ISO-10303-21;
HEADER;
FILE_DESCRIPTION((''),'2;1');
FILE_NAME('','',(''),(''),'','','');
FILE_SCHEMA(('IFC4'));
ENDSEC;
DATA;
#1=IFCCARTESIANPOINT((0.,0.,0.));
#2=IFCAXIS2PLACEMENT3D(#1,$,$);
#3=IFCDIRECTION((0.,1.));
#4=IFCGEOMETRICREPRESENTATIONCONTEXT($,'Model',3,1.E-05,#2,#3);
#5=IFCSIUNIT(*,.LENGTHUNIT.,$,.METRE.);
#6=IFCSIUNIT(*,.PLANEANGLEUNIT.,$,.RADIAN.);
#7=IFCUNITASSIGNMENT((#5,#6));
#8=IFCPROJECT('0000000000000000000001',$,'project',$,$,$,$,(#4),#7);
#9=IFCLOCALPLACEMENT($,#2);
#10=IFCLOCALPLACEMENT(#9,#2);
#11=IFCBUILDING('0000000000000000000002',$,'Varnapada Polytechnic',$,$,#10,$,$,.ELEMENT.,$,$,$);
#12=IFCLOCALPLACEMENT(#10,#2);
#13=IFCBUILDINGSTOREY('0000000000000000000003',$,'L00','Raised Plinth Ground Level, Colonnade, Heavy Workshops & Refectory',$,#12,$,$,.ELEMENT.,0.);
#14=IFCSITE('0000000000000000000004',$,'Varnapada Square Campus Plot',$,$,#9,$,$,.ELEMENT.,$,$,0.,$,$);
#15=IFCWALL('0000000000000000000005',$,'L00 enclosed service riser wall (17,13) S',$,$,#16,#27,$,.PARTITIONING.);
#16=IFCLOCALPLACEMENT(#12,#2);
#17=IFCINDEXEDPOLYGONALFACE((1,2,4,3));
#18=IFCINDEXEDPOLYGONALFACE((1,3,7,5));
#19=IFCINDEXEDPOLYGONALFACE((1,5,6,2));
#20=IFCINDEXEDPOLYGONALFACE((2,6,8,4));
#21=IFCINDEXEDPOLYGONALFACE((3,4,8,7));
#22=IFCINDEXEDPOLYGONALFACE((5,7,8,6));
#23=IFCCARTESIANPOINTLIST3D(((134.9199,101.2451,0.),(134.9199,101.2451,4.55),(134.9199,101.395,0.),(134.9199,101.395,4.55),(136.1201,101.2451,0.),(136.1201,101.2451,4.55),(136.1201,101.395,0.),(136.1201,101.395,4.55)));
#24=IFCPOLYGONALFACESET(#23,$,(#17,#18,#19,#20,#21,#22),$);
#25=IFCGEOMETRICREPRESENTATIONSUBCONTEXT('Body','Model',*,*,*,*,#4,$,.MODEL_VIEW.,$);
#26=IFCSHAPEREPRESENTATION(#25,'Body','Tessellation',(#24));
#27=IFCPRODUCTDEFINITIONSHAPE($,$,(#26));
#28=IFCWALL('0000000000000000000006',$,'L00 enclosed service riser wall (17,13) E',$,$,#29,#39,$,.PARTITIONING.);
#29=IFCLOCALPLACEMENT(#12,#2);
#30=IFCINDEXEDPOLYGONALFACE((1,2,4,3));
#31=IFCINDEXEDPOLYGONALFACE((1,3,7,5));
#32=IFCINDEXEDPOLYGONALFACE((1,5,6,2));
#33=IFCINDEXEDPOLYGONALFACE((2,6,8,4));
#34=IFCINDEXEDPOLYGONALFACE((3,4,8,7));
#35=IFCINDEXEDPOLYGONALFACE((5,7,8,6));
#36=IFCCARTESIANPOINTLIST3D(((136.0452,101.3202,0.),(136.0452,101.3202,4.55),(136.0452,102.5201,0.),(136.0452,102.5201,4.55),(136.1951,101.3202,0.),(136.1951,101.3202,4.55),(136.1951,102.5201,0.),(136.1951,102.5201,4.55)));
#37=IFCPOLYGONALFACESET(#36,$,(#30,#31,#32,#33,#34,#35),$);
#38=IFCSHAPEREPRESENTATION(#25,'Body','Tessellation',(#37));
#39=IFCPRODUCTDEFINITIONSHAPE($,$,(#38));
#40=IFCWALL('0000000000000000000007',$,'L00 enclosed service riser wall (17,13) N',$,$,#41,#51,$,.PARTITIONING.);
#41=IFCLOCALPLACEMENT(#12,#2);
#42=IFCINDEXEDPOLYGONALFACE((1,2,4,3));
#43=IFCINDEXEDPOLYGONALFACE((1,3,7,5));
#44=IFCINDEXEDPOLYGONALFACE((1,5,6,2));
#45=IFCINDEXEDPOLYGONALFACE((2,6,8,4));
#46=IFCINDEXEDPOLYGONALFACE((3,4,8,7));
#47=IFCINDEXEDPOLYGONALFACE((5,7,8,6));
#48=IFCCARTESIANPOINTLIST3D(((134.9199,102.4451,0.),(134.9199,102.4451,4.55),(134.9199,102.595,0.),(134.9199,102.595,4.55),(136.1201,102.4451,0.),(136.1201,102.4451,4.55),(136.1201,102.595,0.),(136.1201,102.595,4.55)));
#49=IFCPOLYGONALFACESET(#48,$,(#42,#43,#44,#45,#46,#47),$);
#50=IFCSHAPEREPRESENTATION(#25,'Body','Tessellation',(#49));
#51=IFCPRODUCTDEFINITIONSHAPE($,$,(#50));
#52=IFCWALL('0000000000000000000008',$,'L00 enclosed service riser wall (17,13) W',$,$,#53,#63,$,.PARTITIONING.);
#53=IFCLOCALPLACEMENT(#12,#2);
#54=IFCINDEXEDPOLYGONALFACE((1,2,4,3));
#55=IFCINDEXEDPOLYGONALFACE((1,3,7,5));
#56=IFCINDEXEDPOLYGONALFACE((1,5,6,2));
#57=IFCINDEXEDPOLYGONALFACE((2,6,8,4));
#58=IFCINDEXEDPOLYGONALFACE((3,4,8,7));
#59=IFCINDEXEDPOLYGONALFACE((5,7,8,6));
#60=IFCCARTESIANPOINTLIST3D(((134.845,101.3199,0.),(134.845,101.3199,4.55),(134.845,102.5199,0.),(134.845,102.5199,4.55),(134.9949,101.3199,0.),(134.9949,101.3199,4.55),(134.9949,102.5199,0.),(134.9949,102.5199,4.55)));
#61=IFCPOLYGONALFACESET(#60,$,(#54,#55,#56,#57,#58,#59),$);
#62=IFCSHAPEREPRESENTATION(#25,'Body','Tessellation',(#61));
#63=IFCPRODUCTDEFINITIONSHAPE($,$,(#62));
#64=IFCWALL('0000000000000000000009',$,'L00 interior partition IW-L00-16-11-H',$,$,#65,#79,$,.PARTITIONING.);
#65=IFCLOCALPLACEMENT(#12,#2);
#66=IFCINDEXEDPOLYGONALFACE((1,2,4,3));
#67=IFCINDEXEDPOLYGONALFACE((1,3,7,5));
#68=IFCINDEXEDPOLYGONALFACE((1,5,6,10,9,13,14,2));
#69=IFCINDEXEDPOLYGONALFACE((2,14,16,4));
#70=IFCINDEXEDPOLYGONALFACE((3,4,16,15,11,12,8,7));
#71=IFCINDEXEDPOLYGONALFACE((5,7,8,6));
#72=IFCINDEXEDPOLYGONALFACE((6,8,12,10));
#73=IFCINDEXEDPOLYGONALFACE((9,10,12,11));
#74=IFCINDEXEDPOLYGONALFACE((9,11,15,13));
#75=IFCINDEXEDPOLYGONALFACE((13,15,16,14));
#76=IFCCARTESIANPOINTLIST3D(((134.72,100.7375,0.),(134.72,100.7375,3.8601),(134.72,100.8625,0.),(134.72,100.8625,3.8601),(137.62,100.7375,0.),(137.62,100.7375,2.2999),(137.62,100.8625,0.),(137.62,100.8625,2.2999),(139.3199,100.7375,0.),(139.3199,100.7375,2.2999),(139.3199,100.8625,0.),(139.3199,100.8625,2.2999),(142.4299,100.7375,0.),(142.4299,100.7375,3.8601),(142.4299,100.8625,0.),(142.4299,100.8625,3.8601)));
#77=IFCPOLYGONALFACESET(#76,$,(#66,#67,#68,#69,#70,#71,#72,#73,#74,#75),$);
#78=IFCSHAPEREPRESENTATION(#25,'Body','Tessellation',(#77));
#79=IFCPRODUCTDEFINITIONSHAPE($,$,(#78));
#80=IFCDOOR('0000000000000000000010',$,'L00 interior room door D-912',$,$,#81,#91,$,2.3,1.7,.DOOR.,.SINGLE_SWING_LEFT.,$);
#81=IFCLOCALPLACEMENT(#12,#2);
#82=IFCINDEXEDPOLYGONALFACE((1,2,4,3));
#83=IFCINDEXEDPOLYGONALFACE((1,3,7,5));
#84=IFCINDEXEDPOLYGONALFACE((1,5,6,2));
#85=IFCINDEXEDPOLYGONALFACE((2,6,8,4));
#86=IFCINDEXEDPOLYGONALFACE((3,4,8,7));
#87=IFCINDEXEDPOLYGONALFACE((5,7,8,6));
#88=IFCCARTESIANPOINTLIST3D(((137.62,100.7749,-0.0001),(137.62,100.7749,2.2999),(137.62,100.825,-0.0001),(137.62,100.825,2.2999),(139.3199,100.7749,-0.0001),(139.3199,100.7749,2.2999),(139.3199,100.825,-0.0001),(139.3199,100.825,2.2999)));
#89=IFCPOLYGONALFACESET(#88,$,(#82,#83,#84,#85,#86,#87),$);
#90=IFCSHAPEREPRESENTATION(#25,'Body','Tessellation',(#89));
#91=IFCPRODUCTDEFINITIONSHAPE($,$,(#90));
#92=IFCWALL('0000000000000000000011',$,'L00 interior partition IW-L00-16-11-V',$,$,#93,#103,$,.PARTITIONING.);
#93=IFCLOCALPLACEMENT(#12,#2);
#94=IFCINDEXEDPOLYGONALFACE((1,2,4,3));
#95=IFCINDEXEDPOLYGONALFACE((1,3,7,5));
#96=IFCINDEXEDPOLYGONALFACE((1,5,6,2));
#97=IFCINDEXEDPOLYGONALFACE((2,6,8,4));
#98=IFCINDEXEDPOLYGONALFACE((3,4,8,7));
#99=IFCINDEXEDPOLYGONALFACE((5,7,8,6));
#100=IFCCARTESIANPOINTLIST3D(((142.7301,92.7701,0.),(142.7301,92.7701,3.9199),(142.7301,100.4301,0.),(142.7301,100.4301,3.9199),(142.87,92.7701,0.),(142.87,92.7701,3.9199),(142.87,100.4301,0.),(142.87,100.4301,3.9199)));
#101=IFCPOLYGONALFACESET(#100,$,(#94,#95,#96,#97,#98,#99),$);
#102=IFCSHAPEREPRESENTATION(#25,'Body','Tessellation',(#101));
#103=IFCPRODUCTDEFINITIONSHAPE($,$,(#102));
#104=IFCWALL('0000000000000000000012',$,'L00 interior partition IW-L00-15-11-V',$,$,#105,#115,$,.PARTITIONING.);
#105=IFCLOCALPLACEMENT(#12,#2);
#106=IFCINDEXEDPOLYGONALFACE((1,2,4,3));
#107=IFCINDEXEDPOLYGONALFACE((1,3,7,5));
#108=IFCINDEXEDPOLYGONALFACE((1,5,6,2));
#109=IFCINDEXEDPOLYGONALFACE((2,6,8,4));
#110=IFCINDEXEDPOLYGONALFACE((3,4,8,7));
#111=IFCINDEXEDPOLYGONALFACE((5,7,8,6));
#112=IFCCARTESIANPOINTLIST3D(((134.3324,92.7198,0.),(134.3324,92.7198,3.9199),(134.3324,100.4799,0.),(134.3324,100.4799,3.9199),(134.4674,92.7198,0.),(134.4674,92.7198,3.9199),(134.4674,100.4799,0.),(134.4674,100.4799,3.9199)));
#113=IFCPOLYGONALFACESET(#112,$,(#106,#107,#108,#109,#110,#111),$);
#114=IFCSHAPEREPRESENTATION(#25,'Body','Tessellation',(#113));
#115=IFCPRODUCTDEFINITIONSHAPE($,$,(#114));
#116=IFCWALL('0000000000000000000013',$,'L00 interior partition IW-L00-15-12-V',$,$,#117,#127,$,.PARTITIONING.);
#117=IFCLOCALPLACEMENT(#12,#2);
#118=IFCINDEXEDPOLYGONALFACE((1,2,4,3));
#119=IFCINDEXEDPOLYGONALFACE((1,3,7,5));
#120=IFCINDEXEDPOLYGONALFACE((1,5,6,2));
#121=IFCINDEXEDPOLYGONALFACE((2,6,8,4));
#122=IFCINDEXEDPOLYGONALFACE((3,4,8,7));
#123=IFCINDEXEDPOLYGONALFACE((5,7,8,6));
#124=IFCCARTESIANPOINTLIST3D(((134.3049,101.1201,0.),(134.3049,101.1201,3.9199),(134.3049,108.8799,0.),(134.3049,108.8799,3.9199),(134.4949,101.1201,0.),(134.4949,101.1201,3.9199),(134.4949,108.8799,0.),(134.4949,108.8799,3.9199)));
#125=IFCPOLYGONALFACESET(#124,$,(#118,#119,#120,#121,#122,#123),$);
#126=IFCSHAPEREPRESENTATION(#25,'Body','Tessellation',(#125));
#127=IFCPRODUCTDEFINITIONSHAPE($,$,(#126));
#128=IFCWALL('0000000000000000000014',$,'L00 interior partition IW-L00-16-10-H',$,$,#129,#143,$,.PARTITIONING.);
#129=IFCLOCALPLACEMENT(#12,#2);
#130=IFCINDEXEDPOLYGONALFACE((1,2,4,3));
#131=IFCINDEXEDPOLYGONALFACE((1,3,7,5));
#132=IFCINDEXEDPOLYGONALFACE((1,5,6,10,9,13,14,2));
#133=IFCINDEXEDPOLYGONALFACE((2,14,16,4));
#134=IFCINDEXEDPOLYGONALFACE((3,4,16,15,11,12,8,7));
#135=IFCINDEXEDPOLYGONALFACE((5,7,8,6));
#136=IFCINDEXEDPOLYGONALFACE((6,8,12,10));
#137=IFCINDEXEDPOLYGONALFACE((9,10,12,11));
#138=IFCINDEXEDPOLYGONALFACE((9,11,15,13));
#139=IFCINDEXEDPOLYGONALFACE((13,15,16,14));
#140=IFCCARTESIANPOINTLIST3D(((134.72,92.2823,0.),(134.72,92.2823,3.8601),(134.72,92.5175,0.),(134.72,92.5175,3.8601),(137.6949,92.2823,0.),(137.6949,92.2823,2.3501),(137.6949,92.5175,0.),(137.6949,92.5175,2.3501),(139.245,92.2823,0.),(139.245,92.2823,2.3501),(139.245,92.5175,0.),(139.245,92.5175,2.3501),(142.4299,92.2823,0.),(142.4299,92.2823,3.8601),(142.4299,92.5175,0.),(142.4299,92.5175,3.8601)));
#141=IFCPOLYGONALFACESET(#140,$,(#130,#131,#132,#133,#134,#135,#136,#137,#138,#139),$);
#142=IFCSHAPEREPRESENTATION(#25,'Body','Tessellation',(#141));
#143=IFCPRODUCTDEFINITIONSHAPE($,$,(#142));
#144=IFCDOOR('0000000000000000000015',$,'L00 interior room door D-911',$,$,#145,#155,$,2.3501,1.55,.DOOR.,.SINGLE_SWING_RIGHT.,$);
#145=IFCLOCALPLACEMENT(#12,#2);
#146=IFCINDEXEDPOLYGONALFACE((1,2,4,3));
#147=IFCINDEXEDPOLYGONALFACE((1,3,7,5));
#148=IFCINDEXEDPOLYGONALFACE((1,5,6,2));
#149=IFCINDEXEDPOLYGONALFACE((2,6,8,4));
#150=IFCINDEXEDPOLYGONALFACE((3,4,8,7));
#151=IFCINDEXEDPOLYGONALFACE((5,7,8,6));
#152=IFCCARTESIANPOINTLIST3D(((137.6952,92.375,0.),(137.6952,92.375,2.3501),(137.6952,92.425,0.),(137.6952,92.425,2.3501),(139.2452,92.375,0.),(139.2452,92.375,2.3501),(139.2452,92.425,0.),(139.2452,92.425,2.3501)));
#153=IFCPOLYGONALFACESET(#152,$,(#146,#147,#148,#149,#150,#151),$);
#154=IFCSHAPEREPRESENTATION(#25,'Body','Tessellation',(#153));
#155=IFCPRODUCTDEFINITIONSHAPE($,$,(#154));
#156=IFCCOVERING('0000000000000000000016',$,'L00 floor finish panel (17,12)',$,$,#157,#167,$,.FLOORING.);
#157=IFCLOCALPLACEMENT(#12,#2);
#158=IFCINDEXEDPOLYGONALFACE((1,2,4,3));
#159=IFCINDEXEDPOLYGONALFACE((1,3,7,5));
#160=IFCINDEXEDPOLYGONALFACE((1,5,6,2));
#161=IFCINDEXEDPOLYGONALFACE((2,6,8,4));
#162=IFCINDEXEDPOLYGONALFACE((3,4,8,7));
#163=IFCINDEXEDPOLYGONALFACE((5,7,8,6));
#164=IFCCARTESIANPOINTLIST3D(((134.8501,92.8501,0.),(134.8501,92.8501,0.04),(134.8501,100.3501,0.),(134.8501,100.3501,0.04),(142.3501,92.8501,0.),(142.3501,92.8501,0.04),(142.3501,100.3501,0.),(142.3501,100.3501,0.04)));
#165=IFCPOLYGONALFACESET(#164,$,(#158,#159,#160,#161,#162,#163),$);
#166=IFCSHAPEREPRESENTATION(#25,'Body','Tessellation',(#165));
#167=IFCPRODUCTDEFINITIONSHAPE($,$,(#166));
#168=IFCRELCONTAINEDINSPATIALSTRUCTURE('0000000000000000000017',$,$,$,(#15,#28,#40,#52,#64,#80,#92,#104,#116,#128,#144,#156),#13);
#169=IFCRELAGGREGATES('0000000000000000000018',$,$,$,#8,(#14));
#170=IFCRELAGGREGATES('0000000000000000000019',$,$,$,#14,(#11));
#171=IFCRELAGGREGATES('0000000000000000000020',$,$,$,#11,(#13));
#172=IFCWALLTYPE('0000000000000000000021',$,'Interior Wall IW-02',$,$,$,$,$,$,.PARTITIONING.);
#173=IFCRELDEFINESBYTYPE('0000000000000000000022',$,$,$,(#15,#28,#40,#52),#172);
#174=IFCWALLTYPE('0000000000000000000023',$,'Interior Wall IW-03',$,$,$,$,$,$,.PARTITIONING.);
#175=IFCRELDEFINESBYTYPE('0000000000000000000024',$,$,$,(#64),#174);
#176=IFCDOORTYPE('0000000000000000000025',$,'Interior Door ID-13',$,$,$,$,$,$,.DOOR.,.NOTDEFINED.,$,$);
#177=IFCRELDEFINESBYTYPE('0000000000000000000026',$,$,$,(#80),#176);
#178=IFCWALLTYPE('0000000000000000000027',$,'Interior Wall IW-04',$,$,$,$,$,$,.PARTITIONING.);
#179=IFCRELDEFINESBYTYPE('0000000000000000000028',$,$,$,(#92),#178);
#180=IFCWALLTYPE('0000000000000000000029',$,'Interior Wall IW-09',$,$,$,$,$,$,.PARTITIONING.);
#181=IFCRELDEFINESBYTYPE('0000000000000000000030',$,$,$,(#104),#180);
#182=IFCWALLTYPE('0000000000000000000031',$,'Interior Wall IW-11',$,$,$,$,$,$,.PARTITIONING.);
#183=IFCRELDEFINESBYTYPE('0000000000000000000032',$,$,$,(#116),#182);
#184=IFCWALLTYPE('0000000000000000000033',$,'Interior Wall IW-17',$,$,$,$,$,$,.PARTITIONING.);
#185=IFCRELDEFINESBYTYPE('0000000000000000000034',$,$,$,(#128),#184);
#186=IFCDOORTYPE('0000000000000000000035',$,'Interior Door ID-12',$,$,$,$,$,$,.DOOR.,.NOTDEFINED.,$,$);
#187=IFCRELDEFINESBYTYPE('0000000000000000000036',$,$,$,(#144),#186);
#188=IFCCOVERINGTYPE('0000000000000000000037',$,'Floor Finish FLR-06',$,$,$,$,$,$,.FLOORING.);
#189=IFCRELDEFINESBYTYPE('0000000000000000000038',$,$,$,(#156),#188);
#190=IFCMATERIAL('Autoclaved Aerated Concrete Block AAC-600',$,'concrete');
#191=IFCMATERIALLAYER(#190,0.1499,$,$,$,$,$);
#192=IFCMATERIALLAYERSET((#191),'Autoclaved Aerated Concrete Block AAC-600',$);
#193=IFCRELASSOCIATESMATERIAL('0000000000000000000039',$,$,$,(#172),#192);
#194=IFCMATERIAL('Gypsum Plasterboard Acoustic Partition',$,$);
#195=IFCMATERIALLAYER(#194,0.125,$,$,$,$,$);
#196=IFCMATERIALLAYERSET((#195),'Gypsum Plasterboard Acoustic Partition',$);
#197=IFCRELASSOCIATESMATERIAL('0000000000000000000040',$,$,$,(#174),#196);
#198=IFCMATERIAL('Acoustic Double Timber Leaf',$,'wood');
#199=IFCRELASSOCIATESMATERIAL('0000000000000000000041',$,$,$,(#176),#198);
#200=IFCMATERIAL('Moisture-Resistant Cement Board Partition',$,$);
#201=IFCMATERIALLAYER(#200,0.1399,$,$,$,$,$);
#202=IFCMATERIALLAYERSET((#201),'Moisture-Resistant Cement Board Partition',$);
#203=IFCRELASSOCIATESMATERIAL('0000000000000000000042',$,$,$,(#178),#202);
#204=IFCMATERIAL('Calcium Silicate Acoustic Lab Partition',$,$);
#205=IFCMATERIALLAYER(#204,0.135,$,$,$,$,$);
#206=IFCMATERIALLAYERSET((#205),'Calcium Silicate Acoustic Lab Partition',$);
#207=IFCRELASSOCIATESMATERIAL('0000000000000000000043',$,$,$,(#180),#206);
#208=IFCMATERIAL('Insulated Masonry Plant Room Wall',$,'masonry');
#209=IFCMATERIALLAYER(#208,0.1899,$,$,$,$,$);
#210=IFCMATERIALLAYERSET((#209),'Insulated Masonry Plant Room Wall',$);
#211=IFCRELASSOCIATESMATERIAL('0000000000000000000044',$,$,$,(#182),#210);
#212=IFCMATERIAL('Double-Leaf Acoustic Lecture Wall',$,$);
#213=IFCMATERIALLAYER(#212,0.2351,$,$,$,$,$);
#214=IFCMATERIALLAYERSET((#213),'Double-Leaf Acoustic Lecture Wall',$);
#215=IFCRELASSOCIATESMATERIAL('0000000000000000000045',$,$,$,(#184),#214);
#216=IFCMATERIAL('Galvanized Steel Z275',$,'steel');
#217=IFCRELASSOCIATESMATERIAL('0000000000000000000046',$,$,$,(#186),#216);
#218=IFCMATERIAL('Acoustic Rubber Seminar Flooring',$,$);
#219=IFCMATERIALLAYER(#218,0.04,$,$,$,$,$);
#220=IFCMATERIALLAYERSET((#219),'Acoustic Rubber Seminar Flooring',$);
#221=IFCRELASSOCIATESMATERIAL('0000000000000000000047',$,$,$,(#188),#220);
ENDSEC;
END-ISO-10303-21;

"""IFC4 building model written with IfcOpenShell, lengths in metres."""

from ifc_helpers import new_model, si_unit, direction, frame, frame_2d, origin, origin_2d, place, context, subcontext, project, spatial, rectangle, extrude, material, layer, layer_set, type_object, element, fill, save


model = new_model("IFC4")

# Units and contexts
model_context = context("Model", 3, precision=1e-05, world=origin(), true_north=direction((0.0, 1.0)))
body_context = subcontext(model_context, "Body", "Model", "MODEL_VIEW")
ifc_project = project(units=[si_unit("LENGTHUNIT", "METRE"), si_unit("PLANEANGLEUNIT", "RADIAN")], contexts=[model_context])

# Site, building, storey
site_placement = place(None, origin())
site = spatial("IfcSite", under=ifc_project, at=site_placement, Name="Varnapada Square Campus Plot", CompositionType="ELEMENT", RefElevation=0.0)
building_placement = place(site_placement, origin())
building = spatial("IfcBuilding", under=site, at=building_placement, Name="Varnapada Polytechnic", CompositionType="ELEMENT")
storey_placement = place(building_placement, origin())
storey = spatial("IfcBuildingStorey", under=building, at=storey_placement, Name="L00", Description="Raised Plinth Ground Level, Colonnade, Heavy Workshops & Refectory", CompositionType="ELEMENT", Elevation=0.0)

# Walls
ifc_material_1 = material(Name="Autoclaved Aerated Concrete Block AAC-600", Category="concrete")
ifc_layer_1 = layer(ifc_material_1, 0.1499)
ifc_layer_set_1 = layer_set([ifc_layer_1], Name="Autoclaved Aerated Concrete Block AAC-600")
wall_type_1 = type_object("IfcWallType", Name="Interior Wall IW-02", PredefinedType="PARTITIONING", material=ifc_layer_set_1)
wall_1_placement = place(storey_placement, frame((134.9199, 101.3201, 0.0), z_axis=(0.0, 0.0, 1.0), x_axis=(1.0, 0.0, 0.0)))
element("IfcWall", 1, at=wall_1_placement, inside=storey, type_object=wall_type_1, Name="L00 enclosed service riser wall (17,13) S", PredefinedType="PARTITIONING", context=body_context, shape_type="SweptSolid", body=[
    extrude(rectangle(XDim=1.2002, YDim=0.1499, at=frame_2d((0.6001, 0.0))), origin(), (0.0, 0.0, 1.0), 4.55),
])
wall_2_placement = place(storey_placement, frame((136.1201, 101.3201, 0.0), z_axis=(0.0, 0.0, 1.0), x_axis=(0.0, 1.0, 0.0)))
element("IfcWall", 2, at=wall_2_placement, inside=storey, type_object=wall_type_1, Name="L00 enclosed service riser wall (17,13) E", PredefinedType="PARTITIONING", context=body_context, shape_type="SweptSolid", body=[
    extrude(rectangle(XDim=1.2, YDim=0.1499, at=frame_2d((0.6001, 0.0))), origin(), (0.0, 0.0, 1.0), 4.55),
])
wall_3_placement = place(storey_placement, frame((136.1201, 102.52, 0.0), z_axis=(0.0, 0.0, 1.0), x_axis=(-1.0, 0.0, 0.0)))
element("IfcWall", 3, at=wall_3_placement, inside=storey, type_object=wall_type_1, Name="L00 enclosed service riser wall (17,13) N", PredefinedType="PARTITIONING", context=body_context, shape_type="SweptSolid", body=[
    extrude(rectangle(XDim=1.2002, YDim=0.1499, at=frame_2d((0.6001, 0.0))), origin(), (0.0, 0.0, 1.0), 4.55),
])
wall_4_placement = place(storey_placement, frame((134.9199, 102.52, 0.0), z_axis=(0.0, 0.0, 1.0), x_axis=(0.0, -1.0, 0.0)))
element("IfcWall", 4, at=wall_4_placement, inside=storey, type_object=wall_type_1, Name="L00 enclosed service riser wall (17,13) W", PredefinedType="PARTITIONING", context=body_context, shape_type="SweptSolid", body=[
    extrude(rectangle(XDim=1.2, YDim=0.1499, at=frame_2d((0.6001, 0.0))), origin(), (0.0, 0.0, 1.0), 4.55),
])

# Wall, opening, door
ifc_material_2 = material(Name="Gypsum Plasterboard Acoustic Partition")
ifc_layer_2 = layer(ifc_material_2, 0.125)
ifc_layer_set_2 = layer_set([ifc_layer_2], Name="Gypsum Plasterboard Acoustic Partition")
wall_type_2 = type_object("IfcWallType", Name="Interior Wall IW-03", PredefinedType="PARTITIONING", material=ifc_layer_set_2)
wall_5_placement = place(storey_placement, frame((134.72, 100.8, 0.0), z_axis=(0.0, 0.0, 1.0), x_axis=(1.0, 0.0, 0.0)))
wall_5 = element("IfcWall", 5, at=wall_5_placement, inside=storey, type_object=wall_type_2, Name="L00 interior partition IW-L00-16-11-H", PredefinedType="PARTITIONING", context=body_context, shape_type="SweptSolid", body=[
    extrude(rectangle(XDim=7.71, YDim=0.125, at=frame_2d((3.855, 0.0))), origin(), (0.0, 0.0, 1.0), 3.8601),
])
opening_1_placement = place(wall_5_placement, frame((2.8999, 0.0, 0.0)))
opening_1 = element("IfcOpeningElement", 6, at=opening_1_placement, cuts=wall_5, PredefinedType="OPENING", context=body_context, shape_type="SweptSolid", body=[
    extrude(rectangle(XDim=1.7, YDim=2.3, at=frame_2d((0.8501, 1.1499))), frame((0.0, 0.0725, 0.0), z_axis=(0.0, -1.0, 0.0), x_axis=(1.0, 0.0, 0.0)), (0.0, 0.0, 1.0), 0.145),
])
ifc_material_3 = material(Name="Acoustic Double Timber Leaf", Category="wood")
door_type_1 = type_object("IfcDoorType", Name="Interior Door ID-13", OperationType="NOTDEFINED", PredefinedType="DOOR", material=ifc_material_3)
door_1_placement = place(opening_1_placement, origin())
door_1 = element("IfcDoor", 7, at=door_1_placement, inside=storey, type_object=door_type_1, Name="L00 interior room door D-912", OperationType="SINGLE_SWING_LEFT", OverallHeight=2.3, OverallWidth=1.7, PredefinedType="DOOR", context=body_context, shape_type="SweptSolid", body=[
    extrude(rectangle(XDim=1.7, YDim=2.3, at=frame_2d((0.8501, 1.1499))), frame((0.0, 0.0249, 0.0), z_axis=(0.0, -1.0, 0.0), x_axis=(1.0, 0.0, 0.0)), (0.0, 0.0, 1.0), 0.05),
])
fill(opening_1, door_1)

# Walls
ifc_material_4 = material(Name="Moisture-Resistant Cement Board Partition")
ifc_layer_3 = layer(ifc_material_4, 0.1399)
ifc_layer_set_3 = layer_set([ifc_layer_3], Name="Moisture-Resistant Cement Board Partition")
wall_type_3 = type_object("IfcWallType", Name="Interior Wall IW-04", PredefinedType="PARTITIONING", material=ifc_layer_set_3)
wall_6_placement = place(storey_placement, frame((142.8, 92.77, 0.0), z_axis=(0.0, 0.0, 1.0), x_axis=(0.0, 1.0, 0.0)))
element("IfcWall", 8, at=wall_6_placement, inside=storey, type_object=wall_type_3, Name="L00 interior partition IW-L00-16-11-V", PredefinedType="PARTITIONING", context=body_context, shape_type="SweptSolid", body=[
    extrude(rectangle(XDim=7.6599, YDim=0.1399, at=frame_2d((3.8301, 0.0))), origin(), (0.0, 0.0, 1.0), 3.9199),
])
ifc_material_5 = material(Name="Calcium Silicate Acoustic Lab Partition")
ifc_layer_4 = layer(ifc_material_5, 0.135)
ifc_layer_set_4 = layer_set([ifc_layer_4], Name="Calcium Silicate Acoustic Lab Partition")
wall_type_4 = type_object("IfcWallType", Name="Interior Wall IW-09", PredefinedType="PARTITIONING", material=ifc_layer_set_4)
wall_7_placement = place(storey_placement, frame((134.3999, 92.72, 0.0), z_axis=(0.0, 0.0, 1.0), x_axis=(0.0, 1.0, 0.0)))
element("IfcWall", 9, at=wall_7_placement, inside=storey, type_object=wall_type_4, Name="L00 interior partition IW-L00-15-11-V", PredefinedType="PARTITIONING", context=body_context, shape_type="SweptSolid", body=[
    extrude(rectangle(XDim=7.76, YDim=0.135, at=frame_2d((3.8799, 0.0))), origin(), (0.0, 0.0, 1.0), 3.9199),
])
ifc_material_6 = material(Name="Insulated Masonry Plant Room Wall", Category="masonry")
ifc_layer_5 = layer(ifc_material_6, 0.1899)
ifc_layer_set_5 = layer_set([ifc_layer_5], Name="Insulated Masonry Plant Room Wall")
wall_type_5 = type_object("IfcWallType", Name="Interior Wall IW-11", PredefinedType="PARTITIONING", material=ifc_layer_set_5)
wall_8_placement = place(storey_placement, frame((134.3999, 101.1201, 0.0), z_axis=(0.0, 0.0, 1.0), x_axis=(0.0, 1.0, 0.0)))
element("IfcWall", 10, at=wall_8_placement, inside=storey, type_object=wall_type_5, Name="L00 interior partition IW-L00-15-12-V", PredefinedType="PARTITIONING", context=body_context, shape_type="SweptSolid", body=[
    extrude(rectangle(XDim=7.7598, YDim=0.1899, at=frame_2d((3.8799, 0.0))), origin(), (0.0, 0.0, 1.0), 3.9199),
])

# Wall, opening, door
ifc_material_7 = material(Name="Double-Leaf Acoustic Lecture Wall")
ifc_layer_6 = layer(ifc_material_7, 0.2351)
ifc_layer_set_6 = layer_set([ifc_layer_6], Name="Double-Leaf Acoustic Lecture Wall")
wall_type_6 = type_object("IfcWallType", Name="Interior Wall IW-17", PredefinedType="PARTITIONING", material=ifc_layer_set_6)
wall_9_placement = place(storey_placement, frame((134.72, 92.3999, 0.0), z_axis=(0.0, 0.0, 1.0), x_axis=(1.0, 0.0, 0.0)))
wall_9 = element("IfcWall", 11, at=wall_9_placement, inside=storey, type_object=wall_type_6, Name="L00 interior partition IW-L00-16-10-H", PredefinedType="PARTITIONING", context=body_context, shape_type="SweptSolid", body=[
    extrude(rectangle(XDim=7.71, YDim=0.2351, at=frame_2d((3.855, 0.0))), origin(), (0.0, 0.0, 1.0), 3.8601),
])
opening_2_placement = place(wall_9_placement, frame((2.9751, 0.0, 0.0)))
opening_2 = element("IfcOpeningElement", 12, at=opening_2_placement, cuts=wall_9, PredefinedType="OPENING", context=body_context, shape_type="SweptSolid", body=[
    extrude(rectangle(XDim=1.55, YDim=2.3501, at=frame_2d((0.7749, 1.175))), frame((0.0, 0.1274, 0.0), z_axis=(0.0, -1.0, 0.0), x_axis=(1.0, 0.0, 0.0)), (0.0, 0.0, 1.0), 0.2551),
])
ifc_material_8 = material(Name="Galvanized Steel Z275", Category="steel")
door_type_2 = type_object("IfcDoorType", Name="Interior Door ID-12", OperationType="NOTDEFINED", PredefinedType="DOOR", material=ifc_material_8)
door_2_placement = place(opening_2_placement, frame((1.55, 0.0, 0.0), z_axis=(0.0, 0.0, 1.0), x_axis=(-1.0, 0.0, 0.0)))
door_2 = element("IfcDoor", 13, at=door_2_placement, inside=storey, type_object=door_type_2, Name="L00 interior room door D-911", OperationType="SINGLE_SWING_RIGHT", OverallHeight=2.3501, OverallWidth=1.55, PredefinedType="DOOR", context=body_context, shape_type="SweptSolid", body=[
    extrude(rectangle(XDim=1.55, YDim=2.3501, at=frame_2d((0.7749, 1.175))), frame((0.0, 0.0249, 0.0), z_axis=(0.0, -1.0, 0.0), x_axis=(1.0, 0.0, 0.0)), (0.0, 0.0, 1.0), 0.05),
])
fill(opening_2, door_2)

# Covering
ifc_material_9 = material(Name="Acoustic Rubber Seminar Flooring")
ifc_layer_7 = layer(ifc_material_9, 0.04)
ifc_layer_set_7 = layer_set([ifc_layer_7], Name="Acoustic Rubber Seminar Flooring")
covering_type_1 = type_object("IfcCoveringType", Name="Floor Finish FLR-06", PredefinedType="FLOORING", material=ifc_layer_set_7)
covering_1_placement = place(storey_placement, frame((138.6001, 96.6001, 0.0), z_axis=(0.0, 0.0, 1.0), x_axis=(1.0, 0.0, 0.0)))
element("IfcCovering", 14, at=covering_1_placement, inside=storey, type_object=covering_type_1, Name="L00 floor finish panel (17,12)", PredefinedType="FLOORING", context=body_context, shape_type="SweptSolid", body=[
    extrude(rectangle(XDim=7.5, YDim=7.5, at=origin_2d()), origin(), (0.0, 0.0, 1.0), 0.04),
])

save(model, "model.ifc")
